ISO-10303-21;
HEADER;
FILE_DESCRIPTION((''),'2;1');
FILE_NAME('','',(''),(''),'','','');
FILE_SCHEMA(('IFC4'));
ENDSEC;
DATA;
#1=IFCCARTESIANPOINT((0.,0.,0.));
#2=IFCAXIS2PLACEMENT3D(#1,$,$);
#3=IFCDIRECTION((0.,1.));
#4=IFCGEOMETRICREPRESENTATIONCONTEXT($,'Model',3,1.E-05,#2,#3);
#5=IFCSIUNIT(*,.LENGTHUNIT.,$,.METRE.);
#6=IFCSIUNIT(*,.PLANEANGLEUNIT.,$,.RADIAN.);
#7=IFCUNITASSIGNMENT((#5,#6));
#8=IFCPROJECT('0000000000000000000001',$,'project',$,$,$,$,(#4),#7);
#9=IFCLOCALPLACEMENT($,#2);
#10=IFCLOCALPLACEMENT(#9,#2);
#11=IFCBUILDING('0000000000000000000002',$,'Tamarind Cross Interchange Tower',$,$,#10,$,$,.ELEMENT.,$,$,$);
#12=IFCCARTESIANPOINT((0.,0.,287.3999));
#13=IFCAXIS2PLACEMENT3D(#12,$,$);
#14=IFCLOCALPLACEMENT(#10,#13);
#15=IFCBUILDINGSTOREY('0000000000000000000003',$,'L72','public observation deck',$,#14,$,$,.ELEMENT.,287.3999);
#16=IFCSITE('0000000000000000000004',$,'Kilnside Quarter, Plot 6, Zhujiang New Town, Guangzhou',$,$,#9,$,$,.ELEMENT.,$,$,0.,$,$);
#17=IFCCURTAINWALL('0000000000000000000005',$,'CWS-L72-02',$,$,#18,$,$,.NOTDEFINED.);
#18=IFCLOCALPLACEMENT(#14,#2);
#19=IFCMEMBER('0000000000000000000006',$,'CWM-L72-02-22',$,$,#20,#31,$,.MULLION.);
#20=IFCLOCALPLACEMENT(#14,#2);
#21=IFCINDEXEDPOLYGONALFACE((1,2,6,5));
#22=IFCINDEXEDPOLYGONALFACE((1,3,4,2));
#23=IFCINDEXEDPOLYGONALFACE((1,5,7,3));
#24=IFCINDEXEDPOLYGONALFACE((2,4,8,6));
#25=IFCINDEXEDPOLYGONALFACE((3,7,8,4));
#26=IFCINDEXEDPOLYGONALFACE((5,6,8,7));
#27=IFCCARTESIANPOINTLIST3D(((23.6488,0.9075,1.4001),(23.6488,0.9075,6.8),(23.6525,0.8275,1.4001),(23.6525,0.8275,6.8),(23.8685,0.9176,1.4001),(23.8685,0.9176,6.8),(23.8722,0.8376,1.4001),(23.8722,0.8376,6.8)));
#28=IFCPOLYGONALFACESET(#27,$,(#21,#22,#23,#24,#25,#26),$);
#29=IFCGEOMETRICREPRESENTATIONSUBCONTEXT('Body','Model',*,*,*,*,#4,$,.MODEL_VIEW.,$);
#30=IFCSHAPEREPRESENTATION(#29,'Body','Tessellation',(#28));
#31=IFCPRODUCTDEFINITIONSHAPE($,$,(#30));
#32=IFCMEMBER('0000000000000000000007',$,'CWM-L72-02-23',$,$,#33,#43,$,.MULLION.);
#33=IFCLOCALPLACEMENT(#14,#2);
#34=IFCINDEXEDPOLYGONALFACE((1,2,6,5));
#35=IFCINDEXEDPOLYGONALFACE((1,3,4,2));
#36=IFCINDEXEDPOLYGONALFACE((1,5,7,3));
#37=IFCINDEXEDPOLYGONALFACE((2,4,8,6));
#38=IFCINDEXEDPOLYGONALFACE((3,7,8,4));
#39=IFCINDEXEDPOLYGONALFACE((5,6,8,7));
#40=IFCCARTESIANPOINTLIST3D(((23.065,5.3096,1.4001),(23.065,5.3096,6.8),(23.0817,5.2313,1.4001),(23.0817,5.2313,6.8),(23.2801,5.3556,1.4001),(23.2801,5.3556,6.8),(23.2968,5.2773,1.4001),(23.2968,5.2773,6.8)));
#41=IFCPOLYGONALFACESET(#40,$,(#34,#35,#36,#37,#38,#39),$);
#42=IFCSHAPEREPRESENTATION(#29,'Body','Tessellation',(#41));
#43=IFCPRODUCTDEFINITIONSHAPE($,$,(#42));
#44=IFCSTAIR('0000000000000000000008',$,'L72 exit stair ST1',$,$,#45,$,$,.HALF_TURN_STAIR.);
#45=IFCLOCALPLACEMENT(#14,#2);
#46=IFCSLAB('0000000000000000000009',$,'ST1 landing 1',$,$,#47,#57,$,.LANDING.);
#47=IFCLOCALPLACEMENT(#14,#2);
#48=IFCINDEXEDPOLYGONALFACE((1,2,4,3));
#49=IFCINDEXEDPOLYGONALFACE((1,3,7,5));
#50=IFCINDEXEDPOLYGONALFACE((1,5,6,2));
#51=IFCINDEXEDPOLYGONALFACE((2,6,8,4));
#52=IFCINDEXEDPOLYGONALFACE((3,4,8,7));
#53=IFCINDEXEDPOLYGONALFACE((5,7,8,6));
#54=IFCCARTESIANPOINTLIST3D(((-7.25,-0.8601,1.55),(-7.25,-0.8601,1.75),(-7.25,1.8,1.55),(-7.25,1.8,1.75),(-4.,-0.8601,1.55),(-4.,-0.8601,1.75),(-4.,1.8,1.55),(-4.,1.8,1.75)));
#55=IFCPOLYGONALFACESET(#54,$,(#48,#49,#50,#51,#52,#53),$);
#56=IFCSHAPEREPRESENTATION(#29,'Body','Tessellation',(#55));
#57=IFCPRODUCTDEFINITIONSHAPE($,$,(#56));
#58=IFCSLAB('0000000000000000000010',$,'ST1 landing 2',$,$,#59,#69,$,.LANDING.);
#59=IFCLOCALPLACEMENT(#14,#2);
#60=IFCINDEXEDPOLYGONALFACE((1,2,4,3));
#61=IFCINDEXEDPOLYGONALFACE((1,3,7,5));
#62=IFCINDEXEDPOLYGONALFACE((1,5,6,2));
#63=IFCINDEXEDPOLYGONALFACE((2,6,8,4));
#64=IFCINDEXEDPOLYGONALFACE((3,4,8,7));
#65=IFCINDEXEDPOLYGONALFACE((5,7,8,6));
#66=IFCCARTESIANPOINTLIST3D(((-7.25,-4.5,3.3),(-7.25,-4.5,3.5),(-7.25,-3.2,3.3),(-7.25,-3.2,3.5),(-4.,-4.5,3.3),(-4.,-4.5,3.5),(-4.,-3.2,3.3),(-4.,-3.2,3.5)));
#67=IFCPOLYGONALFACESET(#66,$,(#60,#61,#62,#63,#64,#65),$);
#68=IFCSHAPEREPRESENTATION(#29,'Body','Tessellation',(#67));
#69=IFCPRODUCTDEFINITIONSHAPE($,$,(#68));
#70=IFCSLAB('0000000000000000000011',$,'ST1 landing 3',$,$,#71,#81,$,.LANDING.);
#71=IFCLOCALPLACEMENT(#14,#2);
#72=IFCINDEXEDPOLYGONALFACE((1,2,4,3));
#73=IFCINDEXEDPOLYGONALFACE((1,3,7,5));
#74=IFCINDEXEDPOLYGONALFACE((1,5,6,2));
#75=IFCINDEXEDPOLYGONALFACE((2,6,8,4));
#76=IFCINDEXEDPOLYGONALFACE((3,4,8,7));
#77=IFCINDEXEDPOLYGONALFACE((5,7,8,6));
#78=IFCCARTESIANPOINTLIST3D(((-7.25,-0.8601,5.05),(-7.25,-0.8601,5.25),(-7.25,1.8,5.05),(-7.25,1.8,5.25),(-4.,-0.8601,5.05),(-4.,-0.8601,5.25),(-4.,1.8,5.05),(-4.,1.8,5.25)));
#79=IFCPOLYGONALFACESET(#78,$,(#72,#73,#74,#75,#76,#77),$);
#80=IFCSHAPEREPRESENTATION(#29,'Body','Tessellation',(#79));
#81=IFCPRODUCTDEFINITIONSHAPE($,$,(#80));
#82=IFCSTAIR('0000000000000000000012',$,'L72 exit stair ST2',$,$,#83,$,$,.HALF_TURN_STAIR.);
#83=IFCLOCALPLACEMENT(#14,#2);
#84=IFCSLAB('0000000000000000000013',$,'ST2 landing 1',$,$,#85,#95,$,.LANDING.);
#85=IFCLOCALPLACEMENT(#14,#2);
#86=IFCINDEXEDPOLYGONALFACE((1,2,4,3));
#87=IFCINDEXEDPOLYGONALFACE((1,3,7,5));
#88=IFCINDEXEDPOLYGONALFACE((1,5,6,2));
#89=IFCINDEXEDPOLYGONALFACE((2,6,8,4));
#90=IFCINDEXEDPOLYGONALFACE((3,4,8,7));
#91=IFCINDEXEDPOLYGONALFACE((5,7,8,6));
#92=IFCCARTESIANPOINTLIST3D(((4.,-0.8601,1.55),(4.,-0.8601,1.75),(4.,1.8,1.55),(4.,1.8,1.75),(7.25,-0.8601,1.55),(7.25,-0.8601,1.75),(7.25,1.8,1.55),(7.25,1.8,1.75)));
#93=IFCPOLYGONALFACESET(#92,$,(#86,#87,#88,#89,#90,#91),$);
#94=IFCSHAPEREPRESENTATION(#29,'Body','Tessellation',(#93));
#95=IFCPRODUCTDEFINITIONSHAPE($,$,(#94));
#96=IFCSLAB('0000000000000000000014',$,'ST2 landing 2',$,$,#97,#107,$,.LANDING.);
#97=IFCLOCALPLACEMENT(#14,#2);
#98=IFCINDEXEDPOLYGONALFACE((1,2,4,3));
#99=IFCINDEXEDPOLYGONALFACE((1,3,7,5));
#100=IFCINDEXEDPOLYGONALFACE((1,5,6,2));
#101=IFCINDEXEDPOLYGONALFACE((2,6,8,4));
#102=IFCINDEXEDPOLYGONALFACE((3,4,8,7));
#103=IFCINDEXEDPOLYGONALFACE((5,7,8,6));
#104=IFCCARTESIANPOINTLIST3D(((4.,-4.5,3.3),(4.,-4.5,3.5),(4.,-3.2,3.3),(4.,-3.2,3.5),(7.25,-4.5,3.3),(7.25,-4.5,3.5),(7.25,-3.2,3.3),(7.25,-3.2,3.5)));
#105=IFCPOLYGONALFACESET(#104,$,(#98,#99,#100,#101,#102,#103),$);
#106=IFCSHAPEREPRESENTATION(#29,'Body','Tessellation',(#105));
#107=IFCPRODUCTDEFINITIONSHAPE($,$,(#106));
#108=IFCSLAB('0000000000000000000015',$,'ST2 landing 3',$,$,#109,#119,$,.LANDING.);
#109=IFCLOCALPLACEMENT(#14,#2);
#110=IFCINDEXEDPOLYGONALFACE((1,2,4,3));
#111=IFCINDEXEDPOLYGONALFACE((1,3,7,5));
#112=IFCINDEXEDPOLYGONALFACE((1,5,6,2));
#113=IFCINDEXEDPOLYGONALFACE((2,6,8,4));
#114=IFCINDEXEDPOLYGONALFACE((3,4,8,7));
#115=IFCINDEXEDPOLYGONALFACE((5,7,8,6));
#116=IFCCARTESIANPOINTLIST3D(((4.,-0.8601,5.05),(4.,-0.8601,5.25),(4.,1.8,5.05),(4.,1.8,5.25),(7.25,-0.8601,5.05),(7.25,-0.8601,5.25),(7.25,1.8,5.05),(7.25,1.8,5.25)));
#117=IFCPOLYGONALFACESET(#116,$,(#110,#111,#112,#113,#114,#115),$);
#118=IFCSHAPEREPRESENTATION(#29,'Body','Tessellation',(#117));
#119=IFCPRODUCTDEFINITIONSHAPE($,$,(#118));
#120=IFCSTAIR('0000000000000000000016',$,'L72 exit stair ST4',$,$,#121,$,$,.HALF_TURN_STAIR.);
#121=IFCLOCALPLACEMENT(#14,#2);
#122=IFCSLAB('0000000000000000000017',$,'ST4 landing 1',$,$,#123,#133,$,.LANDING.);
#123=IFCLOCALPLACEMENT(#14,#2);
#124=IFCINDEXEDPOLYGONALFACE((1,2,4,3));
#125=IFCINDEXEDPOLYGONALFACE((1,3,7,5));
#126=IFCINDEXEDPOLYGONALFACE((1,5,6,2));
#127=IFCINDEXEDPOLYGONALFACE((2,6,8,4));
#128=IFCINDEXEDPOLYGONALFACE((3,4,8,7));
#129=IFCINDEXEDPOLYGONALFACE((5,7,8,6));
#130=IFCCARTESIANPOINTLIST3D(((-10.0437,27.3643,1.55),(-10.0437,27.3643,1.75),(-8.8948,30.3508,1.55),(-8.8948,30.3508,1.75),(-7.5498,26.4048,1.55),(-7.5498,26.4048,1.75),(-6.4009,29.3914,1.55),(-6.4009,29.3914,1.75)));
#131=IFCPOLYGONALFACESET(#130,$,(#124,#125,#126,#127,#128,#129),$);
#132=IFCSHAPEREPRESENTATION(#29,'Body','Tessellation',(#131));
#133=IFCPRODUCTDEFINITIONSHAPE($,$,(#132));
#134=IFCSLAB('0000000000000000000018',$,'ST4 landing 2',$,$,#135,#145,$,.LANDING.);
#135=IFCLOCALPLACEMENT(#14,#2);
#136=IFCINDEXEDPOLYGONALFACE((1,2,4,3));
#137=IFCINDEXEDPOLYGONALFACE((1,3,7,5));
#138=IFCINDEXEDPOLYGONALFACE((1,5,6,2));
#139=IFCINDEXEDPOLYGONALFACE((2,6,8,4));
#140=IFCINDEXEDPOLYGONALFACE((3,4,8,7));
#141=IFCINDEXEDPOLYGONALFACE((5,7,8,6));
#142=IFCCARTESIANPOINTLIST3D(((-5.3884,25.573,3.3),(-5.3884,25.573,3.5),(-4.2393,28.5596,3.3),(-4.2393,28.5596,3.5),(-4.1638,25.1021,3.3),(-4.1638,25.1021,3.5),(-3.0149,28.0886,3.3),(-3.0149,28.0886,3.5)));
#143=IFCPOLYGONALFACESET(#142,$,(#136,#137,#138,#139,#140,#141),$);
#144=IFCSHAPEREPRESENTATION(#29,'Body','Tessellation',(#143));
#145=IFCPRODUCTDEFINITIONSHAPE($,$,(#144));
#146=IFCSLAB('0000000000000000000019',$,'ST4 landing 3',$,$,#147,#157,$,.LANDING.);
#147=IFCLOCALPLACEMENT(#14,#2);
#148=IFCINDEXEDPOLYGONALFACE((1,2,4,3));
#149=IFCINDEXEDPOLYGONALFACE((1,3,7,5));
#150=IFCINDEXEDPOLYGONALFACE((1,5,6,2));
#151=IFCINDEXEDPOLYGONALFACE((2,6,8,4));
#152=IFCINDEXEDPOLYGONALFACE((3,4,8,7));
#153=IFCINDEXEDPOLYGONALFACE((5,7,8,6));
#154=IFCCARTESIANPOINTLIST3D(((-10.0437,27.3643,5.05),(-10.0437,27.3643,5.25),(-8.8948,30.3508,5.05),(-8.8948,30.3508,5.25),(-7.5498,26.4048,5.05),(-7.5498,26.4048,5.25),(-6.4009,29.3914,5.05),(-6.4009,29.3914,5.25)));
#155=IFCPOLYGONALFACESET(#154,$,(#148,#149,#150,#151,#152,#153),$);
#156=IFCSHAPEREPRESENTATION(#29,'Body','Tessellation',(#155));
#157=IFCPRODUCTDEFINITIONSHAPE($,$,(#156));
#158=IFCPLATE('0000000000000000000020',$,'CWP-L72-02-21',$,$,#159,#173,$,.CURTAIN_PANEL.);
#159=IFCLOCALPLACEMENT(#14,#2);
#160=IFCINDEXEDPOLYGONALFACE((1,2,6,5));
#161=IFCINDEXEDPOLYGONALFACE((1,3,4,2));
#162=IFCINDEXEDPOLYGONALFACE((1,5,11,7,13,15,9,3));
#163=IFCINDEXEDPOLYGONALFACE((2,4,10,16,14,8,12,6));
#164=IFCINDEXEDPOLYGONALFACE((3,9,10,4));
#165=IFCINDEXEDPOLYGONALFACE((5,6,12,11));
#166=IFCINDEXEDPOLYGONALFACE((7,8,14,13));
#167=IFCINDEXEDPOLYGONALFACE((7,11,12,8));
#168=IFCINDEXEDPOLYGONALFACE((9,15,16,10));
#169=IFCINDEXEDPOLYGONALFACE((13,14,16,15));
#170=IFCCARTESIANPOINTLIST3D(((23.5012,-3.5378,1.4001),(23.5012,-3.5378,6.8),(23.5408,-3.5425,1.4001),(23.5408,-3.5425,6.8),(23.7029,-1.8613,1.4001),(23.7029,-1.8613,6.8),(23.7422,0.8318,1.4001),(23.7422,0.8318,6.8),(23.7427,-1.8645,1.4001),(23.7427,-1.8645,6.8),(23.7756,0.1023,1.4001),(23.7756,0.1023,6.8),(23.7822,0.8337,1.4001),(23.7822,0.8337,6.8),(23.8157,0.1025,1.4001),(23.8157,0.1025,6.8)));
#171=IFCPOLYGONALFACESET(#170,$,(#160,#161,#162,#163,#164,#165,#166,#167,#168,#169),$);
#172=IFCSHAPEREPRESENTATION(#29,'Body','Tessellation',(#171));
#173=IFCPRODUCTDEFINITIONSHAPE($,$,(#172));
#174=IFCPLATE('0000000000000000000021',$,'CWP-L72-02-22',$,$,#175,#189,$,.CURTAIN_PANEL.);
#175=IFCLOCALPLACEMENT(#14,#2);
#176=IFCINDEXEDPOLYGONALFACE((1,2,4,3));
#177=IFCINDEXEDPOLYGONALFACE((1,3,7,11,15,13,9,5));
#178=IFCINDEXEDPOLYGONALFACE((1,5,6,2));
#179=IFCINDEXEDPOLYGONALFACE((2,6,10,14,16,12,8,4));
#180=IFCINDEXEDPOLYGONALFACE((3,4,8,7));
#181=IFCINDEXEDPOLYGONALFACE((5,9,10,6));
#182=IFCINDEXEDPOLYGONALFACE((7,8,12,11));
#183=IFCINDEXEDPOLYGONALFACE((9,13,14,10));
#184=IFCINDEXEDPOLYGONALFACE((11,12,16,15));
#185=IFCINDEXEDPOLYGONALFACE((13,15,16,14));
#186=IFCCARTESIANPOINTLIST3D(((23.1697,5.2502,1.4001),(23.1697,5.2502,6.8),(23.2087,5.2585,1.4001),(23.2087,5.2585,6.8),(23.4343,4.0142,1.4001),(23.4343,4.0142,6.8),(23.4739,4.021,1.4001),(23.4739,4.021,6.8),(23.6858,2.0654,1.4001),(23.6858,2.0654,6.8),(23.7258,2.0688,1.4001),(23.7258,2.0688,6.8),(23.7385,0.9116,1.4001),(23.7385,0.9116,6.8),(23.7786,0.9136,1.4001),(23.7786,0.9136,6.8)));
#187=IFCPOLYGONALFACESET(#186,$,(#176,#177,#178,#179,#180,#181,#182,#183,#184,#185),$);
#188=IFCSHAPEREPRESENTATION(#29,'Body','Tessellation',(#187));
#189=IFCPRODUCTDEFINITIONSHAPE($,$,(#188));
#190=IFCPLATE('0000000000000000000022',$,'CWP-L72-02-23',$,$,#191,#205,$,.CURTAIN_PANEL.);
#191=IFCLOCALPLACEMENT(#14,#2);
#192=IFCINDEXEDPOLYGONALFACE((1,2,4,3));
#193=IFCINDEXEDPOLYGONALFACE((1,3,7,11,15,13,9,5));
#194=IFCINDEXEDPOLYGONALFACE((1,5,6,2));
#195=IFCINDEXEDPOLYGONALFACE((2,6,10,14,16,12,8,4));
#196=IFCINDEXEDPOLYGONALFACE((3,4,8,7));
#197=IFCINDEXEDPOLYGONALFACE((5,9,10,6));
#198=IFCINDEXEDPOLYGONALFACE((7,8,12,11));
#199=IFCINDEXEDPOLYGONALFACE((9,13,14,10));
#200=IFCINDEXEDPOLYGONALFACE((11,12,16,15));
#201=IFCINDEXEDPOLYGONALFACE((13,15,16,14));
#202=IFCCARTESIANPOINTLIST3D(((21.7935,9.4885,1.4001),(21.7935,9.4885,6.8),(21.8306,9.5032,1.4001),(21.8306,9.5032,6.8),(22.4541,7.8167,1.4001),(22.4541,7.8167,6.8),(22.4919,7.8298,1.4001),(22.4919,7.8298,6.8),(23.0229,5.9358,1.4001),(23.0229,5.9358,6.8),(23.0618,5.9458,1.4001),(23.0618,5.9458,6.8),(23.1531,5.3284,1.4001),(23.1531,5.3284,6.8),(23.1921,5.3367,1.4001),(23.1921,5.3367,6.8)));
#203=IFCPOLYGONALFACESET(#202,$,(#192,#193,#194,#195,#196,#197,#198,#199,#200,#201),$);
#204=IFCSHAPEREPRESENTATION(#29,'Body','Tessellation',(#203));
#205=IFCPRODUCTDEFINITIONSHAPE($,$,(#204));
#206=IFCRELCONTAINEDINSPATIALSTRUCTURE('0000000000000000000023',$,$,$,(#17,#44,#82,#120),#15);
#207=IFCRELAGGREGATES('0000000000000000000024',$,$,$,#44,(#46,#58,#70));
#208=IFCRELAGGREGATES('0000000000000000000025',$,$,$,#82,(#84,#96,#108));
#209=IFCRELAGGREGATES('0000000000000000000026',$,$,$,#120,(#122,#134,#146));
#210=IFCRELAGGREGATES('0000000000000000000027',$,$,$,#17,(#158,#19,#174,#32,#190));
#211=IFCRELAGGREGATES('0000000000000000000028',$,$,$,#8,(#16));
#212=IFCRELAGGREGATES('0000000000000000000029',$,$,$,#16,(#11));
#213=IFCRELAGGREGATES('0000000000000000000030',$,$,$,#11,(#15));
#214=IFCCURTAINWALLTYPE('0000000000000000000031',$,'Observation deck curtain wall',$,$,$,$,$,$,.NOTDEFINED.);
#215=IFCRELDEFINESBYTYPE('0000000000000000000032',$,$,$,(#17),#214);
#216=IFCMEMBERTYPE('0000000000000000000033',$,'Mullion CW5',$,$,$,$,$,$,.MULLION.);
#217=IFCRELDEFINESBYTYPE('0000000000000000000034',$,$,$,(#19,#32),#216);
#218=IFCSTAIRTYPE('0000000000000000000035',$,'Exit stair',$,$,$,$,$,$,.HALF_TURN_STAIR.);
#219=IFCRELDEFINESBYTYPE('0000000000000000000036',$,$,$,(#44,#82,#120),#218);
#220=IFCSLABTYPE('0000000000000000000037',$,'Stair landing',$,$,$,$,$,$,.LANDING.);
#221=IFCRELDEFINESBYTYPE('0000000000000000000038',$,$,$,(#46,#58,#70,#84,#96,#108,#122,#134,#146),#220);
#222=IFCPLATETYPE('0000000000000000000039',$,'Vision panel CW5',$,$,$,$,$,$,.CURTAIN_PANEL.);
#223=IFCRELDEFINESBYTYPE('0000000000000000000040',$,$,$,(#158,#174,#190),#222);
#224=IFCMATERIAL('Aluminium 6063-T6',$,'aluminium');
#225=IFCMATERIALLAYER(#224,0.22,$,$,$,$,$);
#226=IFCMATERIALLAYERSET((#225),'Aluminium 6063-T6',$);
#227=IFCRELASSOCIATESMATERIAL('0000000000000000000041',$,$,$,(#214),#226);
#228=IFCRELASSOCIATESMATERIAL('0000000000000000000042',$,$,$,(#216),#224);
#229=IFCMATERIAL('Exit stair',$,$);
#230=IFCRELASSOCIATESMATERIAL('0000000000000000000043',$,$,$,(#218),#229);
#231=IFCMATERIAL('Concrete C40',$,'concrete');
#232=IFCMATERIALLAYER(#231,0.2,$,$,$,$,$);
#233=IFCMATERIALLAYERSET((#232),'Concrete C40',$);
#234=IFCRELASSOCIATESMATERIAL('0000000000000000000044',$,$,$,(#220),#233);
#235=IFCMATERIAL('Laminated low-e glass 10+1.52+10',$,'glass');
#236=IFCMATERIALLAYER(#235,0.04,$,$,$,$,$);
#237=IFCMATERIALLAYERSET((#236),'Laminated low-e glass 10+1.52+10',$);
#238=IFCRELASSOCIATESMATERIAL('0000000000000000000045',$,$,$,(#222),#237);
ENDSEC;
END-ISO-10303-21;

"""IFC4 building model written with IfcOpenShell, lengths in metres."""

from ifc_helpers import new_model, si_unit, direction, frame, origin, origin_2d, place, context, subcontext, project, spatial, polyline, rectangle, outline, extrude, material, layer, layer_set, material_profile, profile_set, type_object, element, aggregate, save


model = new_model("IFC4")

# Units and contexts
model_context = context("Model", 3, precision=1e-05, world=origin(), true_north=direction((0.0, 1.0)))
body_context = subcontext(model_context, "Body", "Model", "MODEL_VIEW")
ifc_project = project(units=[si_unit("LENGTHUNIT", "METRE"), si_unit("PLANEANGLEUNIT", "RADIAN")], contexts=[model_context])

# Site, building, storey
site_placement = place(None, origin())
site = spatial("IfcSite", under=ifc_project, at=site_placement, Name="Kilnside Quarter, Plot 6, Zhujiang New Town, Guangzhou", CompositionType="ELEMENT", RefElevation=0.0)
building_placement = place(site_placement, origin())
building = spatial("IfcBuilding", under=site, at=building_placement, Name="Tamarind Cross Interchange Tower", CompositionType="ELEMENT")
storey_placement = place(building_placement, frame((0.0, 0.0, 287.3999)))
storey = spatial("IfcBuildingStorey", under=building, at=storey_placement, Name="L72", Description="public observation deck", CompositionType="ELEMENT", Elevation=287.3999)

# Curtain wall, members
ifc_material_1 = material(Name="Aluminium 6063-T6", Category="aluminium")
ifc_layer_1 = layer(ifc_material_1, 0.22)
ifc_layer_set_1 = layer_set([ifc_layer_1], Name="Aluminium 6063-T6")
curtain_wall_type = type_object("IfcCurtainWallType", Name="Observation deck curtain wall", PredefinedType="NOTDEFINED", material=ifc_layer_set_1)
curtain_wall_placement = place(storey_placement, origin())
curtain_wall = element("IfcCurtainWall", 1, at=curtain_wall_placement, inside=storey, type_object=curtain_wall_type, Name="CWS-L72-02", PredefinedType="NOTDEFINED")
ifc_material_profile_1 = material_profile(ifc_material_1, rectangle(XDim=0.0801, YDim=0.22, at=origin_2d()), Name="Mullion CW5")
ifc_profile_set_1 = profile_set([ifc_material_profile_1], Name="Aluminium 6063-T6")
member_type_1 = type_object("IfcMemberType", Name="Mullion CW5", PredefinedType="MULLION", material=ifc_profile_set_1)
member_1_placement = place(storey_placement, frame((23.7605, 0.8726, 1.4001), z_axis=(0.0, 0.0, 1.0), x_axis=(-0.045624, 0.998959, 0.0)))
member_1 = element("IfcMember", 2, at=member_1_placement, type_object=member_type_1, Name="CWM-L72-02-22", PredefinedType="MULLION", context=body_context, shape_type="SweptSolid", body=[
    extrude(rectangle(XDim=0.0801, YDim=0.22, at=origin_2d()), origin(), (0.0, 0.0, 1.0), 5.3999),
])
member_2_placement = place(storey_placement, frame((23.1809, 5.2935, 1.4001), z_axis=(0.0, 0.0, 1.0), x_axis=(-0.209425, 0.977825, 0.0)))
member_2 = element("IfcMember", 3, at=member_2_placement, type_object=member_type_1, Name="CWM-L72-02-23", PredefinedType="MULLION", context=body_context, shape_type="SweptSolid", body=[
    extrude(rectangle(XDim=0.0801, YDim=0.22, at=origin_2d()), origin(), (0.0, 0.0, 1.0), 5.3999),
])

# Stairs, slabs
ifc_material_2 = material(Name="Exit stair")
stair_type = type_object("IfcStairType", Name="Exit stair", PredefinedType="HALF_TURN_STAIR", material=ifc_material_2)
stair_1_placement = place(storey_placement, origin())
stair_1 = element("IfcStair", 4, at=stair_1_placement, inside=storey, type_object=stair_type, Name="L72 exit stair ST1", PredefinedType="HALF_TURN_STAIR")
ifc_material_3 = material(Name="Concrete C40", Category="concrete")
ifc_layer_2 = layer(ifc_material_3, 0.2)
ifc_layer_set_2 = layer_set([ifc_layer_2], Name="Concrete C40")
slab_type = type_object("IfcSlabType", Name="Stair landing", PredefinedType="LANDING", material=ifc_layer_set_2)
slab_1_placement = place(storey_placement, frame((0.0, 0.0, 1.55)))
slab_1 = element("IfcSlab", 5, at=slab_1_placement, type_object=slab_type, Name="ST1 landing 1", PredefinedType="LANDING", context=body_context, shape_type="SweptSolid", body=[
    extrude(outline(polyline([(-4.0, -0.8601), (-4.0, 1.8), (-7.25, 1.8), (-7.25, -0.8601), (-4.0, -0.8601)])), origin(), (0.0, 0.0, 1.0), 0.2),
])
slab_2_placement = place(storey_placement, frame((0.0, 0.0, 3.3)))
slab_2 = element("IfcSlab", 6, at=slab_2_placement, type_object=slab_type, Name="ST1 landing 2", PredefinedType="LANDING", context=body_context, shape_type="SweptSolid", body=[
    extrude(outline(polyline([(-4.0, -4.5), (-4.0, -3.2), (-7.25, -3.2), (-7.25, -4.5), (-4.0, -4.5)])), origin(), (0.0, 0.0, 1.0), 0.2),
])
slab_3_placement = place(storey_placement, frame((0.0, 0.0, 5.05)))
slab_3 = element("IfcSlab", 7, at=slab_3_placement, type_object=slab_type, Name="ST1 landing 3", PredefinedType="LANDING", context=body_context, shape_type="SweptSolid", body=[
    extrude(outline(polyline([(-4.0, -0.8601), (-4.0, 1.8), (-7.25, 1.8), (-7.25, -0.8601), (-4.0, -0.8601)])), origin(), (0.0, 0.0, 1.0), 0.2),
])
aggregate(stair_1, [slab_1, slab_2, slab_3])
stair_2_placement = place(storey_placement, origin())
stair_2 = element("IfcStair", 8, at=stair_2_placement, inside=storey, type_object=stair_type, Name="L72 exit stair ST2", PredefinedType="HALF_TURN_STAIR")
slab_4_placement = place(storey_placement, frame((0.0, 0.0, 1.55)))
slab_4 = element("IfcSlab", 9, at=slab_4_placement, type_object=slab_type, Name="ST2 landing 1", PredefinedType="LANDING", context=body_context, shape_type="SweptSolid", body=[
    extrude(outline(polyline([(7.25, -0.8601), (7.25, 1.8), (4.0, 1.8), (4.0, -0.8601), (7.25, -0.8601)])), origin(), (0.0, 0.0, 1.0), 0.2),
])
slab_5_placement = place(storey_placement, frame((0.0, 0.0, 3.3)))
slab_5 = element("IfcSlab", 10, at=slab_5_placement, type_object=slab_type, Name="ST2 landing 2", PredefinedType="LANDING", context=body_context, shape_type="SweptSolid", body=[
    extrude(outline(polyline([(7.25, -4.5), (7.25, -3.2), (4.0, -3.2), (4.0, -4.5), (7.25, -4.5)])), origin(), (0.0, 0.0, 1.0), 0.2),
])
slab_6_placement = place(storey_placement, frame((0.0, 0.0, 5.05)))
slab_6 = element("IfcSlab", 11, at=slab_6_placement, type_object=slab_type, Name="ST2 landing 3", PredefinedType="LANDING", context=body_context, shape_type="SweptSolid", body=[
    extrude(outline(polyline([(7.25, -0.8601), (7.25, 1.8), (4.0, 1.8), (4.0, -0.8601), (7.25, -0.8601)])), origin(), (0.0, 0.0, 1.0), 0.2),
])
aggregate(stair_2, [slab_4, slab_5, slab_6])
stair_3_placement = place(storey_placement, origin())
stair_3 = element("IfcStair", 12, at=stair_3_placement, inside=storey, type_object=stair_type, Name="L72 exit stair ST4", PredefinedType="HALF_TURN_STAIR")
slab_7_placement = place(storey_placement, frame((0.0, 0.0, 1.55)))
slab_7 = element("IfcSlab", 13, at=slab_7_placement, type_object=slab_type, Name="ST4 landing 1", PredefinedType="LANDING", context=body_context, shape_type="SweptSolid", body=[
    extrude(outline(polyline([(-6.4009, 29.3914), (-8.8948, 30.3508), (-10.0437, 27.3643), (-7.5498, 26.4048), (-6.4009, 29.3914)])), origin(), (0.0, 0.0, 1.0), 0.2),
])
slab_8_placement = place(storey_placement, frame((0.0, 0.0, 3.3)))
slab_8 = element("IfcSlab", 14, at=slab_8_placement, type_object=slab_type, Name="ST4 landing 2", PredefinedType="LANDING", context=body_context, shape_type="SweptSolid", body=[
    extrude(outline(polyline([(-3.0149, 28.0886), (-4.2393, 28.5596), (-5.3884, 25.573), (-4.1638, 25.1021), (-3.0149, 28.0886)])), origin(), (0.0, 0.0, 1.0), 0.2),
])
slab_9_placement = place(storey_placement, frame((0.0, 0.0, 5.05)))
slab_9 = element("IfcSlab", 15, at=slab_9_placement, type_object=slab_type, Name="ST4 landing 3", PredefinedType="LANDING", context=body_context, shape_type="SweptSolid", body=[
    extrude(outline(polyline([(-6.4009, 29.3914), (-8.8948, 30.3508), (-10.0437, 27.3643), (-7.5498, 26.4048), (-6.4009, 29.3914)])), origin(), (0.0, 0.0, 1.0), 0.2),
])
aggregate(stair_3, [slab_7, slab_8, slab_9])

# Plates
ifc_material_4 = material(Name="Laminated low-e glass 10+1.52+10", Category="glass")
ifc_layer_3 = layer(ifc_material_4, 0.04)
ifc_layer_set_3 = layer_set([ifc_layer_3], Name="Laminated low-e glass 10+1.52+10")
plate_type = type_object("IfcPlateType", Name="Vision panel CW5", PredefinedType="CURTAIN_PANEL", material=ifc_layer_set_3)
plate_1_placement = place(storey_placement, frame((0.0, 0.0, 1.4001)))
plate_1 = element("IfcPlate", 16, at=plate_1_placement, type_object=plate_type, Name="CWP-L72-02-21", PredefinedType="CURTAIN_PANEL", context=body_context, shape_type="SweptSolid", body=[
    extrude(outline(polyline([(23.5012, -3.5378), (23.7029, -1.8613), (23.7756, 0.1023), (23.7422, 0.8318), (23.7822, 0.8337), (23.8157, 0.1025), (23.7427, -1.8645), (23.5408, -3.5425), (23.5012, -3.5378)])), origin(), (0.0, 0.0, 1.0), 5.3999),
])
plate_2_placement = place(storey_placement, frame((0.0, 0.0, 1.4001)))
plate_2 = element("IfcPlate", 17, at=plate_2_placement, type_object=plate_type, Name="CWP-L72-02-22", PredefinedType="CURTAIN_PANEL", context=body_context, shape_type="SweptSolid", body=[
    extrude(outline(polyline([(23.7385, 0.9116), (23.6858, 2.0654), (23.4343, 4.0142), (23.1697, 5.2502), (23.2087, 5.2585), (23.4739, 4.021), (23.7258, 2.0688), (23.7786, 0.9136), (23.7385, 0.9116)])), origin(), (0.0, 0.0, 1.0), 5.3999),
])
plate_3_placement = place(storey_placement, frame((0.0, 0.0, 1.4001)))
plate_3 = element("IfcPlate", 18, at=plate_3_placement, type_object=plate_type, Name="CWP-L72-02-23", PredefinedType="CURTAIN_PANEL", context=body_context, shape_type="SweptSolid", body=[
    extrude(outline(polyline([(23.1531, 5.3284), (23.0229, 5.9358), (22.4541, 7.8167), (21.7935, 9.4885), (21.8306, 9.5032), (22.4919, 7.8298), (23.0618, 5.9458), (23.1921, 5.3367), (23.1531, 5.3284)])), origin(), (0.0, 0.0, 1.0), 5.3999),
])
aggregate(curtain_wall, [plate_1, member_1, plate_2, member_2, plate_3])

save(model, "model.ifc")
